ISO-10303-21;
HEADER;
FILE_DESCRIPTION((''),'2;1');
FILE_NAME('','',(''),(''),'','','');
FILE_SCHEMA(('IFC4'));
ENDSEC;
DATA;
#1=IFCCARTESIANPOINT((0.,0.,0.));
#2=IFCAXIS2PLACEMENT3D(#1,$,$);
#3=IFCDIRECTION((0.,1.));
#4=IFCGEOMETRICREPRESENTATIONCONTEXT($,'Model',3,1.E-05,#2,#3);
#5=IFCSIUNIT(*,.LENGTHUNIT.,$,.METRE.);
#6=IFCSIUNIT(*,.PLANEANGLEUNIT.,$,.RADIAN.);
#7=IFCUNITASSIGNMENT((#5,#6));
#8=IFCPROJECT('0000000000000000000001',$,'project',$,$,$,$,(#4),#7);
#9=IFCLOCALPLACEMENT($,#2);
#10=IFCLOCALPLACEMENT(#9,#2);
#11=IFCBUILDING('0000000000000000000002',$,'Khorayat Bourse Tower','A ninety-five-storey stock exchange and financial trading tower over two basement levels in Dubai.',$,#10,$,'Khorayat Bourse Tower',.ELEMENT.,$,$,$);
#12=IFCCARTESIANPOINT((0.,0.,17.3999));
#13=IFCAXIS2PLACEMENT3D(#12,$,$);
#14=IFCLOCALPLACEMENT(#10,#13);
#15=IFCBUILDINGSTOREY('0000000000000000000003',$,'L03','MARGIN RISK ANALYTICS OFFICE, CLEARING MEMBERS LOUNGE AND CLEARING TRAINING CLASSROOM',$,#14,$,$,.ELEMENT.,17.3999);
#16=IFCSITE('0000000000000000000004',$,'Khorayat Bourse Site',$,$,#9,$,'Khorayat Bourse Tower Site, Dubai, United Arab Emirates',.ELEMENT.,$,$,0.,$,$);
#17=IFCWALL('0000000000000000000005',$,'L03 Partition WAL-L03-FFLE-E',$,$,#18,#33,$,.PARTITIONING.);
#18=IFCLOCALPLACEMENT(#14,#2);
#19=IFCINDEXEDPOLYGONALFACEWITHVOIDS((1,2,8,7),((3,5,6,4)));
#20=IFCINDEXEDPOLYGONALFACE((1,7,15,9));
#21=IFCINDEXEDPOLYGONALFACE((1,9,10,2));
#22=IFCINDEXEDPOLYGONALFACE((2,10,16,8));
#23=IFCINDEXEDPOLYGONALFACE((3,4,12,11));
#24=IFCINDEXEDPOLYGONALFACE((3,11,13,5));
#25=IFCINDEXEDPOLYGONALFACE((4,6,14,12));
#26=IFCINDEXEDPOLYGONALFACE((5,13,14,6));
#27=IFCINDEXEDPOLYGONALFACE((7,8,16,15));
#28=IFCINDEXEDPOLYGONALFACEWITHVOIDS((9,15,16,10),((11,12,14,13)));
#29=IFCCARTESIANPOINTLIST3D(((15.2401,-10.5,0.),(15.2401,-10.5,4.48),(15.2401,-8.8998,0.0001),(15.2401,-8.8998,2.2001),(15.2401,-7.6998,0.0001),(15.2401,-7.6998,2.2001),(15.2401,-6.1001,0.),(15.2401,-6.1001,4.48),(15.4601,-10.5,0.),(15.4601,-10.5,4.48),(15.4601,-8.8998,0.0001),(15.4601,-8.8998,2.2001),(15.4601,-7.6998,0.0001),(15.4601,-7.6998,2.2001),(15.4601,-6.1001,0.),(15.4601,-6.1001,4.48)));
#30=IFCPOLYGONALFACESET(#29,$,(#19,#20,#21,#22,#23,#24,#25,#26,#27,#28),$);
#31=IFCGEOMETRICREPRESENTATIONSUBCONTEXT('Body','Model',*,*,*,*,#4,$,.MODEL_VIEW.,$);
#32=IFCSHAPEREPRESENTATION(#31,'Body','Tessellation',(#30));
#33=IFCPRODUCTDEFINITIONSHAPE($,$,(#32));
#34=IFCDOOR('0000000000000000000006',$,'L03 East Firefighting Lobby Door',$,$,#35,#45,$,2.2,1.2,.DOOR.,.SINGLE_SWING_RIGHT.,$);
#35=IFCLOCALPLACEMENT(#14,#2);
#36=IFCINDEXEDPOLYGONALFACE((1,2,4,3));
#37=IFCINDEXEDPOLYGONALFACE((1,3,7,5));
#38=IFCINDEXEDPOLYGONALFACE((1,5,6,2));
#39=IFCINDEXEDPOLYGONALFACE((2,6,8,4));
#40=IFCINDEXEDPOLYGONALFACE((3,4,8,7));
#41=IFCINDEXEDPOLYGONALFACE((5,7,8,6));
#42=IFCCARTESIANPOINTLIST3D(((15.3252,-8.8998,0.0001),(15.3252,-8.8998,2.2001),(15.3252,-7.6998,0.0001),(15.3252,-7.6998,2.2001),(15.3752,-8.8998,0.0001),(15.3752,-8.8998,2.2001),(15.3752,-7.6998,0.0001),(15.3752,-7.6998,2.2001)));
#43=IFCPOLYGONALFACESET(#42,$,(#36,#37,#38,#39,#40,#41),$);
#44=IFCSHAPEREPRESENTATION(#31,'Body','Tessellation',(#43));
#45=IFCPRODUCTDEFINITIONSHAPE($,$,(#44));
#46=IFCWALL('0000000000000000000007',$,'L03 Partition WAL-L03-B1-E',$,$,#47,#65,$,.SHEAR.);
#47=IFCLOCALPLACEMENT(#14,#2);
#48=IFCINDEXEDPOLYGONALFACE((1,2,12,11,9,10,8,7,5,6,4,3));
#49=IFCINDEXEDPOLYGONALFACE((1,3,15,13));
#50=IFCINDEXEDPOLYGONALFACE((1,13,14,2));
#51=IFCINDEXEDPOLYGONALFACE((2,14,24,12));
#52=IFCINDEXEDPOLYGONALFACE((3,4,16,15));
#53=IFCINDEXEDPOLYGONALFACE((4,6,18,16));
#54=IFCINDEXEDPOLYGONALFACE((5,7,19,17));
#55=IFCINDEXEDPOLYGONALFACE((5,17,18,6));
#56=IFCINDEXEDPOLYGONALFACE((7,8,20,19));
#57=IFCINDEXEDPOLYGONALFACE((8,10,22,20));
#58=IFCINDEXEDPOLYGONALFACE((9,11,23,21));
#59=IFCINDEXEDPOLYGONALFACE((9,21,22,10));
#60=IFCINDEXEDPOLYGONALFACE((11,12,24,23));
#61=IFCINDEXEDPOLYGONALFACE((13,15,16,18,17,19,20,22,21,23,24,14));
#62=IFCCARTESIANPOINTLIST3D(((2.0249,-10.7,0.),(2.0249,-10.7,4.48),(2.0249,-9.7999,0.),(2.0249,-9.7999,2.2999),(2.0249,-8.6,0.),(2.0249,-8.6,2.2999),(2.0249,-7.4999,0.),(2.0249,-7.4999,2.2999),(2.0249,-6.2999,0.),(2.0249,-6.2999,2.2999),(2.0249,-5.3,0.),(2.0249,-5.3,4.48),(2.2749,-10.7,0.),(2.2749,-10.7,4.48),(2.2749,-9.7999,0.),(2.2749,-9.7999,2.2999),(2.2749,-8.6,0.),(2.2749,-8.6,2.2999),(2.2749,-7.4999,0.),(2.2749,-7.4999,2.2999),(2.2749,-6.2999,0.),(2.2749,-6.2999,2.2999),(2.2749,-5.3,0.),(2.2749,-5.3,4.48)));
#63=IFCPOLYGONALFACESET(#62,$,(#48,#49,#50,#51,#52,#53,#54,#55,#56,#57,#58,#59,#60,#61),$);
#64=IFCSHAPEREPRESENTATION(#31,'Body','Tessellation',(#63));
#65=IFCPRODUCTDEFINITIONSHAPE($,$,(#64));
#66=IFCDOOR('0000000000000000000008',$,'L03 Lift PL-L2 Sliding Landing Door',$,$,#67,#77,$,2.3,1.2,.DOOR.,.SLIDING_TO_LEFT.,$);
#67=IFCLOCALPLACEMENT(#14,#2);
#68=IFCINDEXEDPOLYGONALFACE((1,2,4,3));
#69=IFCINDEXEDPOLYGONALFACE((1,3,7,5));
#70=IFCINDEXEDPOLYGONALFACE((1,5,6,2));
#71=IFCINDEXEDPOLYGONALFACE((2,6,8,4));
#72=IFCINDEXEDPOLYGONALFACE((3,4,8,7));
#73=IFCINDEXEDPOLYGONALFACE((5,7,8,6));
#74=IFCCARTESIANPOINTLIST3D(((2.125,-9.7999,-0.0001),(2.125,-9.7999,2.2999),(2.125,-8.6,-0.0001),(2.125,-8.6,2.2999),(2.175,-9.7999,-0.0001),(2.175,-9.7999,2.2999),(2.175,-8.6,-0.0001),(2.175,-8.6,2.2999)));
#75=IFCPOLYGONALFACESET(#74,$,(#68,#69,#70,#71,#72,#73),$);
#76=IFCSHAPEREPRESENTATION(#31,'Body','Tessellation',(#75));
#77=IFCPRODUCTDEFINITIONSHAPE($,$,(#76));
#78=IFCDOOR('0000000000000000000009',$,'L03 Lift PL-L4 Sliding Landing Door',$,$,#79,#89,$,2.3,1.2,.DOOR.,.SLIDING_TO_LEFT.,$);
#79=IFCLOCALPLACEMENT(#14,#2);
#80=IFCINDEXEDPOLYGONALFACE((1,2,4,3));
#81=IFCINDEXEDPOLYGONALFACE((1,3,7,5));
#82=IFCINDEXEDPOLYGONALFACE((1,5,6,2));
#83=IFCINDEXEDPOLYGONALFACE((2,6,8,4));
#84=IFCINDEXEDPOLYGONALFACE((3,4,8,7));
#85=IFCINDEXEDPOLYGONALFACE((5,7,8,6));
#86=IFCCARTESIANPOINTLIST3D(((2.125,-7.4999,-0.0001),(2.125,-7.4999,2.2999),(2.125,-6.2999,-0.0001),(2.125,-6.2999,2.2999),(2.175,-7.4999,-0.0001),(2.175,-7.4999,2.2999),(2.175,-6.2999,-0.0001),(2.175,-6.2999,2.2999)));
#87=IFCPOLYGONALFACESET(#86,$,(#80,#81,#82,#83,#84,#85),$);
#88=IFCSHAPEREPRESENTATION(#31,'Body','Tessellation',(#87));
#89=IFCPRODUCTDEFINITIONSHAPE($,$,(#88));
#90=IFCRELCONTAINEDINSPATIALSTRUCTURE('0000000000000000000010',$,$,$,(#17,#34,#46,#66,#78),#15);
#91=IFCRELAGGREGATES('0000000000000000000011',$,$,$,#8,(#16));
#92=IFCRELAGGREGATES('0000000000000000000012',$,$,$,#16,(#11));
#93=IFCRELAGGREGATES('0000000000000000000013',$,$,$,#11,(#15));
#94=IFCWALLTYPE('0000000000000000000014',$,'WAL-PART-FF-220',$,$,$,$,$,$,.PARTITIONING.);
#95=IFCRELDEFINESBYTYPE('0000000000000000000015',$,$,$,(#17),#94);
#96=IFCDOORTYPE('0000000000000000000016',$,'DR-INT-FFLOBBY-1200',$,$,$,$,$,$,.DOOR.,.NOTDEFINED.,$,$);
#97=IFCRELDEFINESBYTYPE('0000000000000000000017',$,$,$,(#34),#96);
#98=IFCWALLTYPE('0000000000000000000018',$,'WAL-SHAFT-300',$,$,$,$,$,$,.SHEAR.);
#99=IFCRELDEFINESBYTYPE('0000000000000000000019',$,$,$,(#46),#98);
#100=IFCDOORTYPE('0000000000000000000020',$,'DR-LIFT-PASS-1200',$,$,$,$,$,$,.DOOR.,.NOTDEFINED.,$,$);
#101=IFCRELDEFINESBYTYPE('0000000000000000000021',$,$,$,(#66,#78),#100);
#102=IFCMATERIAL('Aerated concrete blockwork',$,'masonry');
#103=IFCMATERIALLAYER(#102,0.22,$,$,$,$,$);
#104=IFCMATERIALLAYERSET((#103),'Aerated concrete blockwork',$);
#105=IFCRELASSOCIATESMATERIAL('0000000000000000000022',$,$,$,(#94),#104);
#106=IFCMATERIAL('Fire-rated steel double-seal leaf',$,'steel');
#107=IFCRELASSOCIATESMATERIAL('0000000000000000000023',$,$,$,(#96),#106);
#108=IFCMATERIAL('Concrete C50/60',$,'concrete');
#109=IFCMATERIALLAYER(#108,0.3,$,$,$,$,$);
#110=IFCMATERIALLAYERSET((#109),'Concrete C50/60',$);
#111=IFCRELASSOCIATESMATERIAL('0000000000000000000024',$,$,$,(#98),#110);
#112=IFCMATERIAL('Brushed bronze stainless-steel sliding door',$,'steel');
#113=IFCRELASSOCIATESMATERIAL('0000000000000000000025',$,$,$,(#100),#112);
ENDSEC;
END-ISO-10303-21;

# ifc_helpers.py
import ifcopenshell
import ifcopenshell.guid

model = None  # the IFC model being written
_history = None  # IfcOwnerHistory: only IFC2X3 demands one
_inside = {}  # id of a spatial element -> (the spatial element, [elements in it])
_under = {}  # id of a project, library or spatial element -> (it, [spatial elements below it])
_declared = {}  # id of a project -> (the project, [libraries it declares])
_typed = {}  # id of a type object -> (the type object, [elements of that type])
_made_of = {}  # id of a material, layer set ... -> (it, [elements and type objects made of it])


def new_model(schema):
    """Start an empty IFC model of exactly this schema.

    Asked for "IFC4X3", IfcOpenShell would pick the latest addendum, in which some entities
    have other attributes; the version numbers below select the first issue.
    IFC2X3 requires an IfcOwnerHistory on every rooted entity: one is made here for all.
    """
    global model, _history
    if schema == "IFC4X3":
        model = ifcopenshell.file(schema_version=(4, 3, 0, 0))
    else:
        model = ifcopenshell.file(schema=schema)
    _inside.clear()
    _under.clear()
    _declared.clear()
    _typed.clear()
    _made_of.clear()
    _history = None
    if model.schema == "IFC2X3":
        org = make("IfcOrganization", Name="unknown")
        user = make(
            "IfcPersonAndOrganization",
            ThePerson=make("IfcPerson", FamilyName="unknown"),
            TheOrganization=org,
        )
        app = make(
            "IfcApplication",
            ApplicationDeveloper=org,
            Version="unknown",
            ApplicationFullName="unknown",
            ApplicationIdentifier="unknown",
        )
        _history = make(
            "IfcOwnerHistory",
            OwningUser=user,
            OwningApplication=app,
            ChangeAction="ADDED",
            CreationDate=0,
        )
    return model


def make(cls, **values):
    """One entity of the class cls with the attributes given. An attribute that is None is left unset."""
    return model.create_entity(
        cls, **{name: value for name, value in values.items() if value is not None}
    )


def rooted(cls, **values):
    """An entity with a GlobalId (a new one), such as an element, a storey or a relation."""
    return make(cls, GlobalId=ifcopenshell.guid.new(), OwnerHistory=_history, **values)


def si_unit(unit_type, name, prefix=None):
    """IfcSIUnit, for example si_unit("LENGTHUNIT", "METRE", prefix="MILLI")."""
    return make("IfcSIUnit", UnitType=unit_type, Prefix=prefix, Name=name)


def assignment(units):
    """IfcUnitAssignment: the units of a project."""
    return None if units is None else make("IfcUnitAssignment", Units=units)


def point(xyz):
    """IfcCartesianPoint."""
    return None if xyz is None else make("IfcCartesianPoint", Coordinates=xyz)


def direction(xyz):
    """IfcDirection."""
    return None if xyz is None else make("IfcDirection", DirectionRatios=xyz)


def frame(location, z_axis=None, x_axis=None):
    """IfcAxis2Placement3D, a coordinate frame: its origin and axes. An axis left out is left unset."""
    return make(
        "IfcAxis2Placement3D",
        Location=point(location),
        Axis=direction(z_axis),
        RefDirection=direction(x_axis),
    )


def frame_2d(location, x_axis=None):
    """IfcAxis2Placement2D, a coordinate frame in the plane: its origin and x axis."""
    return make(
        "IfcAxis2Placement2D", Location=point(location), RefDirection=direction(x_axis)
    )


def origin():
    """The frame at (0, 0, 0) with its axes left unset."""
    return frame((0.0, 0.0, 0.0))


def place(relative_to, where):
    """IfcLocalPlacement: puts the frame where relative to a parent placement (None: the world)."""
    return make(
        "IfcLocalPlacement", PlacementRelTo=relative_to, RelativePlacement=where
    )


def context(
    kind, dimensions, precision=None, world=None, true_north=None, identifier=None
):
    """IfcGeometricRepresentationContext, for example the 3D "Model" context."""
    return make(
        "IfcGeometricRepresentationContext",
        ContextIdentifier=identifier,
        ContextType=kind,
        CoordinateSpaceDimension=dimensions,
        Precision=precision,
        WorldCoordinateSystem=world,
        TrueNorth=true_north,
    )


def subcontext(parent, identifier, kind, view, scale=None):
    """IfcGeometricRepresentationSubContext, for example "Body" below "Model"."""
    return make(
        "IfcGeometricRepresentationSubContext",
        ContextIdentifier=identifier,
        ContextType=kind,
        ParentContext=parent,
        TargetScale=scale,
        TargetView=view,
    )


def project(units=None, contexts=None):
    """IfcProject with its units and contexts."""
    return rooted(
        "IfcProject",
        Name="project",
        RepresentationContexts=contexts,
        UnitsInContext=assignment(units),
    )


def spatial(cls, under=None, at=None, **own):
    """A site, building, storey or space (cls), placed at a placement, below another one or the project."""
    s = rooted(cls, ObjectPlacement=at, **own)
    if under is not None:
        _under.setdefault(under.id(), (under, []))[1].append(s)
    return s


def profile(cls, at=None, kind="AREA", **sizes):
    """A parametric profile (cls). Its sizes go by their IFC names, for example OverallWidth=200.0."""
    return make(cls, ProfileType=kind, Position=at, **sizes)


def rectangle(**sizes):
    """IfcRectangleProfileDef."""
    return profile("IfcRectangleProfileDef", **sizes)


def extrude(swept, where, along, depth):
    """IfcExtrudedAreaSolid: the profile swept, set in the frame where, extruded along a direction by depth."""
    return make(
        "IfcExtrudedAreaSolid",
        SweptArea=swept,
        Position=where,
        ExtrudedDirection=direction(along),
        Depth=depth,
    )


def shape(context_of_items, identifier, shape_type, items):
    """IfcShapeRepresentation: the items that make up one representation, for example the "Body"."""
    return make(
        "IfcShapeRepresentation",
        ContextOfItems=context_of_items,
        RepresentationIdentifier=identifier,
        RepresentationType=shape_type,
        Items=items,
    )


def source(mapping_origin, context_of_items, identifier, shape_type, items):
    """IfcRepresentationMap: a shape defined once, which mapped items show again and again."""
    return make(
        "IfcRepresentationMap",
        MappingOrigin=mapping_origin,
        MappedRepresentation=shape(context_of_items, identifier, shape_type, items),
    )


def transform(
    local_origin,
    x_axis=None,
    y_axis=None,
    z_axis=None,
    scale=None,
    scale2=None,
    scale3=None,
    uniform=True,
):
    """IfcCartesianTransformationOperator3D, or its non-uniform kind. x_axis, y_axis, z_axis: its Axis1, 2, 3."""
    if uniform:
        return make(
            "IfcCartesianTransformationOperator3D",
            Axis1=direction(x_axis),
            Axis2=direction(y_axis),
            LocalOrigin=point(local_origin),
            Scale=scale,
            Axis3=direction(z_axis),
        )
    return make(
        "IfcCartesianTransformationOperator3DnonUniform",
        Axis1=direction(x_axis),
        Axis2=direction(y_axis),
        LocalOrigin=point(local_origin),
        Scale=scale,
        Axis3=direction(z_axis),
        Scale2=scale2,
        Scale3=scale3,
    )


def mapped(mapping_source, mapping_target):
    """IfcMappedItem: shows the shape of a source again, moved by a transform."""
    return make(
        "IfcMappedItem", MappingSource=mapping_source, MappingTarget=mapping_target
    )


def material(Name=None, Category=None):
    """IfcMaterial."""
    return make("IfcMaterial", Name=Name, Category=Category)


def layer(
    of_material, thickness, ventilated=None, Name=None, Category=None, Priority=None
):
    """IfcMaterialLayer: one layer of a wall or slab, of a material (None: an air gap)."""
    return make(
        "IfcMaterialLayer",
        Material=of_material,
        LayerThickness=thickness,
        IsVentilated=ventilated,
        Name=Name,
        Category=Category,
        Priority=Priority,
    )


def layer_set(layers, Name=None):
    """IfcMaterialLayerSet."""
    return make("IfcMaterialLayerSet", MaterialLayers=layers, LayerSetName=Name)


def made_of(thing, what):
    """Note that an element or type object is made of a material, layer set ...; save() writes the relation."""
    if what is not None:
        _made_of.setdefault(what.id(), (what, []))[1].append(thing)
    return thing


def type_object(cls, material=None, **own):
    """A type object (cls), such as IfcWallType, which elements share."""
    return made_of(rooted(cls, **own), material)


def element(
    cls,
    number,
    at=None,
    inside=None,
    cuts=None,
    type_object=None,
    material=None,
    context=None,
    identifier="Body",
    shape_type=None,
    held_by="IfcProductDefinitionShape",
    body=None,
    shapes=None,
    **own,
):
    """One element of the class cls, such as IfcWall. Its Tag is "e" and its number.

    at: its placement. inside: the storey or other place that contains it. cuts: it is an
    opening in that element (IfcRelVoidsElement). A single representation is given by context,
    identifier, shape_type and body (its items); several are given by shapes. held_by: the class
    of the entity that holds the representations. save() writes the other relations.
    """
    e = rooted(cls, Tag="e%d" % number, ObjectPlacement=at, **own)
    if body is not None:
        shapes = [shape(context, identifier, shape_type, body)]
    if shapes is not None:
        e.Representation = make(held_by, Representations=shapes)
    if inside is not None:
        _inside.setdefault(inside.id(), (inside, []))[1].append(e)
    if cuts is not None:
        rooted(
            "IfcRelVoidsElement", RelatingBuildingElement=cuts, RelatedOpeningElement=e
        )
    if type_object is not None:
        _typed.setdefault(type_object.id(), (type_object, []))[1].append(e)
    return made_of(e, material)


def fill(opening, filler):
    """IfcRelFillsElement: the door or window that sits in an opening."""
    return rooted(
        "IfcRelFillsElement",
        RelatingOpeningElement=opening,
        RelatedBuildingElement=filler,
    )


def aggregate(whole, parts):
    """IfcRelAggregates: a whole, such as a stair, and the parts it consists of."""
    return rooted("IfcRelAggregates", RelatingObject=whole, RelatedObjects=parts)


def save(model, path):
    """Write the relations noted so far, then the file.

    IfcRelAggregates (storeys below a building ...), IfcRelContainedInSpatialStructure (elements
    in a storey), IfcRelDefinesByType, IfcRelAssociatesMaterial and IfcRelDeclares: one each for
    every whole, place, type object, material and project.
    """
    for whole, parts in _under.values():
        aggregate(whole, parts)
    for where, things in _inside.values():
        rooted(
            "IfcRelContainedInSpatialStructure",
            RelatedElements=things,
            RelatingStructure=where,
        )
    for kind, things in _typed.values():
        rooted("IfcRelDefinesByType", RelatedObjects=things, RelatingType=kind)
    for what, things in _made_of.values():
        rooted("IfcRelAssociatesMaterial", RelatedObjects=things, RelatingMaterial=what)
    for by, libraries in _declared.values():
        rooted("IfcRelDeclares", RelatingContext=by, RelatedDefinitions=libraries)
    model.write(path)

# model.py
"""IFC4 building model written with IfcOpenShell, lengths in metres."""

from ifc_helpers import new_model, si_unit, direction, frame, frame_2d, origin, place, context, subcontext, project, spatial, rectangle, extrude, source, transform, mapped, material, layer, layer_set, type_object, element, fill, save


model = new_model("IFC4")

# Units and contexts
model_context = context("Model", 3, precision=1e-05, world=origin(), true_north=direction((0.0, 1.0)))
body_context = subcontext(model_context, "Body", "Model", "MODEL_VIEW")
ifc_project = project(units=[si_unit("LENGTHUNIT", "METRE"), si_unit("PLANEANGLEUNIT", "RADIAN")], contexts=[model_context])

# Site, building, storey
site_placement = place(None, origin())
site = spatial("IfcSite", under=ifc_project, at=site_placement, Name="Khorayat Bourse Site", LongName="Khorayat Bourse Tower Site, Dubai, United Arab Emirates", CompositionType="ELEMENT", RefElevation=0.0)
building_placement = place(site_placement, origin())
building = spatial("IfcBuilding", under=site, at=building_placement, Name="Khorayat Bourse Tower", Description="A ninety-five-storey stock exchange and financial trading tower over two basement levels in Dubai.", LongName="Khorayat Bourse Tower", CompositionType="ELEMENT")
storey_placement = place(building_placement, frame((0.0, 0.0, 17.3999)))
storey = spatial("IfcBuildingStorey", under=building, at=storey_placement, Name="L03", Description="MARGIN RISK ANALYTICS OFFICE, CLEARING MEMBERS LOUNGE AND CLEARING TRAINING CLASSROOM", CompositionType="ELEMENT", Elevation=17.3999)

# Shared definitions
ifc_material_1 = material(Name="Aerated concrete blockwork", Category="masonry")
ifc_layer_1 = layer(ifc_material_1, 0.22)
ifc_layer_set_1 = layer_set([ifc_layer_1], Name="Aerated concrete blockwork")
wall_type_1 = type_object("IfcWallType", Name="WAL-PART-FF-220", PredefinedType="PARTITIONING", material=ifc_layer_set_1)

# Wall, opening, door
shared_shape_1 = source(origin(), body_context, "Body", "SweptSolid", [
    extrude(rectangle(XDim=4.3999, YDim=0.22, at=frame_2d((2.2, 0.0))), origin(), (0.0, 0.0, 1.0), 4.48),
])
wall_1_placement = place(storey_placement, frame((15.3501, -10.5, 0.0), z_axis=(0.0, 0.0, 1.0), x_axis=(0.0, 1.0, 0.0)))
wall_1 = element("IfcWall", 1, at=wall_1_placement, inside=storey, type_object=wall_type_1, Name="L03 Partition WAL-L03-FFLE-E", PredefinedType="PARTITIONING", context=body_context, shape_type="MappedRepresentation", body=[
    mapped(shared_shape_1, transform((0.0, 0.0, 0.0), scale=1.0)),
])
shared_shape_2 = source(origin(), body_context, "Body", "SweptSolid", [
    extrude(rectangle(XDim=1.2, YDim=2.2, at=frame_2d((0.6001, 1.1001))), frame((0.0, 0.1199, 0.0), z_axis=(0.0, -1.0, 0.0), x_axis=(1.0, 0.0, 0.0)), (0.0, 0.0, 1.0), 0.24),
])
opening_1_placement = place(wall_1_placement, frame((1.6001, 0.0, 0.0)))
opening_1 = element("IfcOpeningElement", 2, at=opening_1_placement, cuts=wall_1, PredefinedType="OPENING", context=body_context, shape_type="MappedRepresentation", body=[
    mapped(shared_shape_2, transform((0.0, 0.0, 0.0), scale=1.0)),
])
ifc_material_2 = material(Name="Fire-rated steel double-seal leaf", Category="steel")
door_type_1 = type_object("IfcDoorType", Name="DR-INT-FFLOBBY-1200", OperationType="NOTDEFINED", PredefinedType="DOOR", material=ifc_material_2)
shared_shape_3 = source(origin(), body_context, "Body", "SweptSolid", [
    extrude(rectangle(XDim=1.2, YDim=2.2, at=frame_2d((0.6001, 1.1001))), frame((0.0, 0.0249, 0.0), z_axis=(0.0, -1.0, 0.0), x_axis=(1.0, 0.0, 0.0)), (0.0, 0.0, 1.0), 0.05),
])
door_1_placement = place(opening_1_placement, origin())
door_1 = element("IfcDoor", 3, at=door_1_placement, inside=storey, type_object=door_type_1, Name="L03 East Firefighting Lobby Door", OperationType="SINGLE_SWING_RIGHT", OverallHeight=2.2, OverallWidth=1.2, PredefinedType="DOOR", context=body_context, shape_type="MappedRepresentation", body=[
    mapped(shared_shape_3, transform((0.0, 0.0, 0.0), scale=1.0)),
])
fill(opening_1, door_1)

# Wall, openings, doors
ifc_material_3 = material(Name="Concrete C50/60", Category="concrete")
ifc_layer_2 = layer(ifc_material_3, 0.3)
ifc_layer_set_2 = layer_set([ifc_layer_2], Name="Concrete C50/60")
wall_type_2 = type_object("IfcWallType", Name="WAL-SHAFT-300", PredefinedType="SHEAR", material=ifc_layer_set_2)
shared_shape_4 = source(origin(), body_context, "Body", "SweptSolid", [
    extrude(rectangle(XDim=5.3999, YDim=0.25, at=frame_2d((2.7, 0.0))), origin(), (0.0, 0.0, 1.0), 4.48),
])
wall_2_placement = place(storey_placement, frame((2.1499, -10.7, 0.0), z_axis=(0.0, 0.0, 1.0), x_axis=(0.0, 1.0, 0.0)))
wall_2 = element("IfcWall", 4, at=wall_2_placement, inside=storey, type_object=wall_type_2, Name="L03 Partition WAL-L03-B1-E", PredefinedType="SHEAR", context=body_context, shape_type="MappedRepresentation", body=[
    mapped(shared_shape_4, transform((0.0, 0.0, 0.0), scale=1.0)),
])
shared_shape_5 = source(origin(), body_context, "Body", "SweptSolid", [
    extrude(rectangle(XDim=1.2, YDim=2.3, at=frame_2d((0.6001, 1.1499))), frame((0.0, 0.135, 0.0), z_axis=(0.0, -1.0, 0.0), x_axis=(1.0, 0.0, 0.0)), (0.0, 0.0, 1.0), 0.27),
])
opening_2_placement = place(wall_2_placement, frame((0.8999, 0.0, 0.0)))
opening_2 = element("IfcOpeningElement", 5, at=opening_2_placement, cuts=wall_2, PredefinedType="OPENING", context=body_context, shape_type="MappedRepresentation", body=[
    mapped(shared_shape_5, transform((0.0, 0.0, 0.0), scale=1.0)),
])
opening_3_placement = place(wall_2_placement, frame((3.2, 0.0, 0.0)))
opening_3 = element("IfcOpeningElement", 6, at=opening_3_placement, cuts=wall_2, PredefinedType="OPENING", context=body_context, shape_type="MappedRepresentation", body=[
    mapped(shared_shape_5, transform((0.0, 0.0, 0.0), scale=1.0)),
])
ifc_material_4 = material(Name="Brushed bronze stainless-steel sliding door", Category="steel")
door_type_2 = type_object("IfcDoorType", Name="DR-LIFT-PASS-1200", OperationType="NOTDEFINED", PredefinedType="DOOR", material=ifc_material_4)
shared_shape_6 = source(origin(), body_context, "Body", "SweptSolid", [
    extrude(rectangle(XDim=1.2, YDim=2.3, at=frame_2d((0.6001, 1.1499))), frame((0.0, 0.0249, 0.0), z_axis=(0.0, -1.0, 0.0), x_axis=(1.0, 0.0, 0.0)), (0.0, 0.0, 1.0), 0.05),
])
door_2_placement = place(opening_2_placement, origin())
door_2 = element("IfcDoor", 7, at=door_2_placement, inside=storey, type_object=door_type_2, Name="L03 Lift PL-L2 Sliding Landing Door", OperationType="SLIDING_TO_LEFT", OverallHeight=2.3, OverallWidth=1.2, PredefinedType="DOOR", context=body_context, shape_type="MappedRepresentation", body=[
    mapped(shared_shape_6, transform((0.0, 0.0, 0.0), scale=1.0)),
])
fill(opening_2, door_2)
door_3_placement = place(opening_3_placement, origin())
door_3 = element("IfcDoor", 8, at=door_3_placement, inside=storey, type_object=door_type_2, Name="L03 Lift PL-L4 Sliding Landing Door", OperationType="SLIDING_TO_LEFT", OverallHeight=2.3, OverallWidth=1.2, PredefinedType="DOOR", context=body_context, shape_type="MappedRepresentation", body=[
    mapped(shared_shape_6, transform((0.0, 0.0, 0.0), scale=1.0)),
])
fill(opening_3, door_3)

save(model, "model.ifc")
